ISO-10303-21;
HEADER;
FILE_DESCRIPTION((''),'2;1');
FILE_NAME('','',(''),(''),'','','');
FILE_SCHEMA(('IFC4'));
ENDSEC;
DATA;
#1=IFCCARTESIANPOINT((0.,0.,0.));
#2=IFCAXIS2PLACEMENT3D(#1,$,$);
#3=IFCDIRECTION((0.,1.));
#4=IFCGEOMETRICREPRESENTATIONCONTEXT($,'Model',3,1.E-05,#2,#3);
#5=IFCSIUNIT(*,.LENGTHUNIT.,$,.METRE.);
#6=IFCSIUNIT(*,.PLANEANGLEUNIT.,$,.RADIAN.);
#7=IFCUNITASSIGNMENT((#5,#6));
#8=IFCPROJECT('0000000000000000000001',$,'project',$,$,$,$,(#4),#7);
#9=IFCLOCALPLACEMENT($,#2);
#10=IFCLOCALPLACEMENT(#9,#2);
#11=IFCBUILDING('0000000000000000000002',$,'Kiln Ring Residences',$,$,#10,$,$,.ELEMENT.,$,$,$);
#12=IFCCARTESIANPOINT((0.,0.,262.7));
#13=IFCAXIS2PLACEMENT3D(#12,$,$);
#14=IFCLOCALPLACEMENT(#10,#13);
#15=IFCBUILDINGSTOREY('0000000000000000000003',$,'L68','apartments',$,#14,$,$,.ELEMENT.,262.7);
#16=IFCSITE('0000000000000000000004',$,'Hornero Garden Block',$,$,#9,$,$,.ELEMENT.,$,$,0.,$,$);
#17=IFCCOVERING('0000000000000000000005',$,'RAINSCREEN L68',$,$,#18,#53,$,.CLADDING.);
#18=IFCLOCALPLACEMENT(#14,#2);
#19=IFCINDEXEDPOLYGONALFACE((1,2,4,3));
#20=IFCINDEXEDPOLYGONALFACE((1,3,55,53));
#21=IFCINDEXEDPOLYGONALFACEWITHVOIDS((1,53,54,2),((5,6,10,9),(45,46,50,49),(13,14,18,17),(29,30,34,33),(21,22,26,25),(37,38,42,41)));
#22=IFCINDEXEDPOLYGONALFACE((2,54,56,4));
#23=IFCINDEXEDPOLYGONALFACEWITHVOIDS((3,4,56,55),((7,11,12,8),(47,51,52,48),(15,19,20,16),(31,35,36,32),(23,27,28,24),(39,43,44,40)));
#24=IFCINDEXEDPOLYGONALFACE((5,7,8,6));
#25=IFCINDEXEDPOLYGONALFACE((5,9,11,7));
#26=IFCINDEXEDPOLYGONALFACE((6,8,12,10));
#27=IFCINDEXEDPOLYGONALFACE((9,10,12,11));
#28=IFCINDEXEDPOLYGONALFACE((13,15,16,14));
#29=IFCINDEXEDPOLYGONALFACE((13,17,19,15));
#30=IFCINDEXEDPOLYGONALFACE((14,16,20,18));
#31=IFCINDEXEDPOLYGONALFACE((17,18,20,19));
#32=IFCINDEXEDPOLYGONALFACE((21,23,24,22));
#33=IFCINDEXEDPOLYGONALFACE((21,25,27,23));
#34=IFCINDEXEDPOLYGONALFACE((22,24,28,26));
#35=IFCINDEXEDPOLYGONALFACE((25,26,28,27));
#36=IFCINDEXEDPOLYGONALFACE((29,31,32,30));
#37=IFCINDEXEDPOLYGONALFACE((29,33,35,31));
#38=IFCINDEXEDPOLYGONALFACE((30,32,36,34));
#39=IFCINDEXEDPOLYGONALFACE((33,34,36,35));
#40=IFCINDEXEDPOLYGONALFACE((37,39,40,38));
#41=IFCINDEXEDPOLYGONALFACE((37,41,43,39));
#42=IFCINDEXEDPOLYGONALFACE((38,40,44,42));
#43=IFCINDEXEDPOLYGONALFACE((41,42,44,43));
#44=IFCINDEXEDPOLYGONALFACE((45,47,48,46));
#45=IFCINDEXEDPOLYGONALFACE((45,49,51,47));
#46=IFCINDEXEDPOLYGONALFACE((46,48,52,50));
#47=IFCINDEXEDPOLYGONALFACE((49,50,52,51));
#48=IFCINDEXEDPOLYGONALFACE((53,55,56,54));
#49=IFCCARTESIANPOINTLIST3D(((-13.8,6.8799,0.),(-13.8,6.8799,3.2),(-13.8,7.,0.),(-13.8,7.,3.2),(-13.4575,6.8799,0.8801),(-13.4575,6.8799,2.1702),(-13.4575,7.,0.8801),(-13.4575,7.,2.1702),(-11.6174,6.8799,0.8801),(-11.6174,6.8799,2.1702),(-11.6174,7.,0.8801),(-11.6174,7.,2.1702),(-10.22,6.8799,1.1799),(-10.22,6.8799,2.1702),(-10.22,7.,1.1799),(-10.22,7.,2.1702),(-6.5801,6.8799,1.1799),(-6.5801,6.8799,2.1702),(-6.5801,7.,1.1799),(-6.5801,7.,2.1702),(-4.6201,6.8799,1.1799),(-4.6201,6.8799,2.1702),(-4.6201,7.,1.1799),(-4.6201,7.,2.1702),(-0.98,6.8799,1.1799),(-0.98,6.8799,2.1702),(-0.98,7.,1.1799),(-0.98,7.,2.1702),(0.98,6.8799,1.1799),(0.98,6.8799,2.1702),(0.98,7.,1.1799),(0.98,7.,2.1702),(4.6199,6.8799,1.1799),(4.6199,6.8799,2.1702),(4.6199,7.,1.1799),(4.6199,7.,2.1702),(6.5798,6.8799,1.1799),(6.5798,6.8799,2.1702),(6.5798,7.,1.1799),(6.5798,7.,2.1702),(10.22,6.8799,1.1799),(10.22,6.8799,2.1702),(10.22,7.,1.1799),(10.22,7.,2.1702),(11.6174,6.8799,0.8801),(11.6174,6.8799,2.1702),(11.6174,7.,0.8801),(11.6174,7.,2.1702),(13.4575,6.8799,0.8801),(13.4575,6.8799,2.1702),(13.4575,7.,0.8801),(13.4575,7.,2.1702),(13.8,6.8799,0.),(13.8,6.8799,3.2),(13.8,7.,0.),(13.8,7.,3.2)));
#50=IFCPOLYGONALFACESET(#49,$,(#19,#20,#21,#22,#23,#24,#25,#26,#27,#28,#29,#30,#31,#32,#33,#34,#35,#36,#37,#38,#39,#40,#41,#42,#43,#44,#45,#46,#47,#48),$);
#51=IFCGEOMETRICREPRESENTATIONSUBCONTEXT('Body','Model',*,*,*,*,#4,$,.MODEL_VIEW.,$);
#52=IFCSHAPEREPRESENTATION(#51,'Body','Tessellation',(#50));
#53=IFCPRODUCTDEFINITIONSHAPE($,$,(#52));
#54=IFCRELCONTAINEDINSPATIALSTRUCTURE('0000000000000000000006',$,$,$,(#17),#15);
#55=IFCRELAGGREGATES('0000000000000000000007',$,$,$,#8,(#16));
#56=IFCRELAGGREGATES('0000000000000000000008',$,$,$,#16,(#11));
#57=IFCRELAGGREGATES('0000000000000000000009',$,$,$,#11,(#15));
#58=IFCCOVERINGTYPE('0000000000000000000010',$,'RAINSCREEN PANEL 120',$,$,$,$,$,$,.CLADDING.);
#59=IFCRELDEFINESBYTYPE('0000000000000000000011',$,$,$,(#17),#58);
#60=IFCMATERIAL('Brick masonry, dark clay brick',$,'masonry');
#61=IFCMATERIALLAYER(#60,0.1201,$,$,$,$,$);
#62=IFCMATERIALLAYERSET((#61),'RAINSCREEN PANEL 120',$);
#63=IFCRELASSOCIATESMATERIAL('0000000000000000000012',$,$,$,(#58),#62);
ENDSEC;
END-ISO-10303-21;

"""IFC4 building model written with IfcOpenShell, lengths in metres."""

from ifc_helpers import new_model, si_unit, direction, frame, origin, place, context, subcontext, project, spatial, polyline, outline, extrude, material, layer, layer_set, type_object, element, save


model = new_model("IFC4")

# Units and contexts
model_context = context("Model", 3, precision=1e-05, world=origin(), true_north=direction((0.0, 1.0)))
body_context = subcontext(model_context, "Body", "Model", "MODEL_VIEW")
ifc_project = project(units=[si_unit("LENGTHUNIT", "METRE"), si_unit("PLANEANGLEUNIT", "RADIAN")], contexts=[model_context])

# Site, building, storey
site_placement = place(None, origin())
site = spatial("IfcSite", under=ifc_project, at=site_placement, Name="Hornero Garden Block", CompositionType="ELEMENT", RefElevation=0.0)
building_placement = place(site_placement, origin())
building = spatial("IfcBuilding", under=site, at=building_placement, Name="Kiln Ring Residences", CompositionType="ELEMENT")
storey_placement = place(building_placement, frame((0.0, 0.0, 262.7)))
storey = spatial("IfcBuildingStorey", under=building, at=storey_placement, Name="L68", Description="apartments", CompositionType="ELEMENT", Elevation=262.7)

# Covering
ifc_material_1 = material(Name="Brick masonry, dark clay brick", Category="masonry")
ifc_layer_1 = layer(ifc_material_1, 0.1201)
ifc_layer_set_1 = layer_set([ifc_layer_1], Name="RAINSCREEN PANEL 120")
covering_type = type_object("IfcCoveringType", Name="RAINSCREEN PANEL 120", PredefinedType="CLADDING", material=ifc_layer_set_1)
covering_placement = place(storey_placement, frame((-13.8, 6.9399, 0.0), z_axis=(0.0, 0.0, 1.0), x_axis=(1.0, 0.0, 0.0)))
element("IfcCovering", 1, at=covering_placement, inside=storey, type_object=covering_type, Name="RAINSCREEN L68", PredefinedType="CLADDING", context=body_context, shape_type="SweptSolid", body=[
    extrude(outline(polyline([(0.0, 0.0), (27.6001, 0.0), (27.6001, 3.2), (0.0, 3.2), (0.0, 0.0)]), holes=[polyline([(2.1826, 0.8801), (2.1826, 2.1702), (0.3425, 2.1702), (0.3425, 0.8801), (2.1826, 0.8801)]), polyline([(25.4175, 0.8801), (27.2576, 0.8801), (27.2576, 2.1702), (25.4175, 2.1702), (25.4175, 0.8801)]), polyline([(3.5801, 1.1799), (7.22, 1.1799), (7.22, 2.1702), (3.5801, 2.1702), (3.5801, 1.1799)]), polyline([(12.8201, 1.1799), (12.8201, 2.1702), (9.1799, 2.1702), (9.1799, 1.1799), (12.8201, 1.1799)]), polyline([(14.78, 1.1799), (18.4199, 1.1799), (18.4199, 2.1702), (14.78, 2.1702), (14.78, 1.1799)]), polyline([(20.3799, 1.1799), (24.02, 1.1799), (24.02, 2.1702), (20.3799, 2.1702), (20.3799, 1.1799)])]), frame((0.0, 0.0601, 0.0), z_axis=(0.0, -1.0, 0.0), x_axis=(1.0, 0.0, 0.0)), (0.0, 0.0, 1.0), 0.1201),
])

save(model, "model.ifc")
